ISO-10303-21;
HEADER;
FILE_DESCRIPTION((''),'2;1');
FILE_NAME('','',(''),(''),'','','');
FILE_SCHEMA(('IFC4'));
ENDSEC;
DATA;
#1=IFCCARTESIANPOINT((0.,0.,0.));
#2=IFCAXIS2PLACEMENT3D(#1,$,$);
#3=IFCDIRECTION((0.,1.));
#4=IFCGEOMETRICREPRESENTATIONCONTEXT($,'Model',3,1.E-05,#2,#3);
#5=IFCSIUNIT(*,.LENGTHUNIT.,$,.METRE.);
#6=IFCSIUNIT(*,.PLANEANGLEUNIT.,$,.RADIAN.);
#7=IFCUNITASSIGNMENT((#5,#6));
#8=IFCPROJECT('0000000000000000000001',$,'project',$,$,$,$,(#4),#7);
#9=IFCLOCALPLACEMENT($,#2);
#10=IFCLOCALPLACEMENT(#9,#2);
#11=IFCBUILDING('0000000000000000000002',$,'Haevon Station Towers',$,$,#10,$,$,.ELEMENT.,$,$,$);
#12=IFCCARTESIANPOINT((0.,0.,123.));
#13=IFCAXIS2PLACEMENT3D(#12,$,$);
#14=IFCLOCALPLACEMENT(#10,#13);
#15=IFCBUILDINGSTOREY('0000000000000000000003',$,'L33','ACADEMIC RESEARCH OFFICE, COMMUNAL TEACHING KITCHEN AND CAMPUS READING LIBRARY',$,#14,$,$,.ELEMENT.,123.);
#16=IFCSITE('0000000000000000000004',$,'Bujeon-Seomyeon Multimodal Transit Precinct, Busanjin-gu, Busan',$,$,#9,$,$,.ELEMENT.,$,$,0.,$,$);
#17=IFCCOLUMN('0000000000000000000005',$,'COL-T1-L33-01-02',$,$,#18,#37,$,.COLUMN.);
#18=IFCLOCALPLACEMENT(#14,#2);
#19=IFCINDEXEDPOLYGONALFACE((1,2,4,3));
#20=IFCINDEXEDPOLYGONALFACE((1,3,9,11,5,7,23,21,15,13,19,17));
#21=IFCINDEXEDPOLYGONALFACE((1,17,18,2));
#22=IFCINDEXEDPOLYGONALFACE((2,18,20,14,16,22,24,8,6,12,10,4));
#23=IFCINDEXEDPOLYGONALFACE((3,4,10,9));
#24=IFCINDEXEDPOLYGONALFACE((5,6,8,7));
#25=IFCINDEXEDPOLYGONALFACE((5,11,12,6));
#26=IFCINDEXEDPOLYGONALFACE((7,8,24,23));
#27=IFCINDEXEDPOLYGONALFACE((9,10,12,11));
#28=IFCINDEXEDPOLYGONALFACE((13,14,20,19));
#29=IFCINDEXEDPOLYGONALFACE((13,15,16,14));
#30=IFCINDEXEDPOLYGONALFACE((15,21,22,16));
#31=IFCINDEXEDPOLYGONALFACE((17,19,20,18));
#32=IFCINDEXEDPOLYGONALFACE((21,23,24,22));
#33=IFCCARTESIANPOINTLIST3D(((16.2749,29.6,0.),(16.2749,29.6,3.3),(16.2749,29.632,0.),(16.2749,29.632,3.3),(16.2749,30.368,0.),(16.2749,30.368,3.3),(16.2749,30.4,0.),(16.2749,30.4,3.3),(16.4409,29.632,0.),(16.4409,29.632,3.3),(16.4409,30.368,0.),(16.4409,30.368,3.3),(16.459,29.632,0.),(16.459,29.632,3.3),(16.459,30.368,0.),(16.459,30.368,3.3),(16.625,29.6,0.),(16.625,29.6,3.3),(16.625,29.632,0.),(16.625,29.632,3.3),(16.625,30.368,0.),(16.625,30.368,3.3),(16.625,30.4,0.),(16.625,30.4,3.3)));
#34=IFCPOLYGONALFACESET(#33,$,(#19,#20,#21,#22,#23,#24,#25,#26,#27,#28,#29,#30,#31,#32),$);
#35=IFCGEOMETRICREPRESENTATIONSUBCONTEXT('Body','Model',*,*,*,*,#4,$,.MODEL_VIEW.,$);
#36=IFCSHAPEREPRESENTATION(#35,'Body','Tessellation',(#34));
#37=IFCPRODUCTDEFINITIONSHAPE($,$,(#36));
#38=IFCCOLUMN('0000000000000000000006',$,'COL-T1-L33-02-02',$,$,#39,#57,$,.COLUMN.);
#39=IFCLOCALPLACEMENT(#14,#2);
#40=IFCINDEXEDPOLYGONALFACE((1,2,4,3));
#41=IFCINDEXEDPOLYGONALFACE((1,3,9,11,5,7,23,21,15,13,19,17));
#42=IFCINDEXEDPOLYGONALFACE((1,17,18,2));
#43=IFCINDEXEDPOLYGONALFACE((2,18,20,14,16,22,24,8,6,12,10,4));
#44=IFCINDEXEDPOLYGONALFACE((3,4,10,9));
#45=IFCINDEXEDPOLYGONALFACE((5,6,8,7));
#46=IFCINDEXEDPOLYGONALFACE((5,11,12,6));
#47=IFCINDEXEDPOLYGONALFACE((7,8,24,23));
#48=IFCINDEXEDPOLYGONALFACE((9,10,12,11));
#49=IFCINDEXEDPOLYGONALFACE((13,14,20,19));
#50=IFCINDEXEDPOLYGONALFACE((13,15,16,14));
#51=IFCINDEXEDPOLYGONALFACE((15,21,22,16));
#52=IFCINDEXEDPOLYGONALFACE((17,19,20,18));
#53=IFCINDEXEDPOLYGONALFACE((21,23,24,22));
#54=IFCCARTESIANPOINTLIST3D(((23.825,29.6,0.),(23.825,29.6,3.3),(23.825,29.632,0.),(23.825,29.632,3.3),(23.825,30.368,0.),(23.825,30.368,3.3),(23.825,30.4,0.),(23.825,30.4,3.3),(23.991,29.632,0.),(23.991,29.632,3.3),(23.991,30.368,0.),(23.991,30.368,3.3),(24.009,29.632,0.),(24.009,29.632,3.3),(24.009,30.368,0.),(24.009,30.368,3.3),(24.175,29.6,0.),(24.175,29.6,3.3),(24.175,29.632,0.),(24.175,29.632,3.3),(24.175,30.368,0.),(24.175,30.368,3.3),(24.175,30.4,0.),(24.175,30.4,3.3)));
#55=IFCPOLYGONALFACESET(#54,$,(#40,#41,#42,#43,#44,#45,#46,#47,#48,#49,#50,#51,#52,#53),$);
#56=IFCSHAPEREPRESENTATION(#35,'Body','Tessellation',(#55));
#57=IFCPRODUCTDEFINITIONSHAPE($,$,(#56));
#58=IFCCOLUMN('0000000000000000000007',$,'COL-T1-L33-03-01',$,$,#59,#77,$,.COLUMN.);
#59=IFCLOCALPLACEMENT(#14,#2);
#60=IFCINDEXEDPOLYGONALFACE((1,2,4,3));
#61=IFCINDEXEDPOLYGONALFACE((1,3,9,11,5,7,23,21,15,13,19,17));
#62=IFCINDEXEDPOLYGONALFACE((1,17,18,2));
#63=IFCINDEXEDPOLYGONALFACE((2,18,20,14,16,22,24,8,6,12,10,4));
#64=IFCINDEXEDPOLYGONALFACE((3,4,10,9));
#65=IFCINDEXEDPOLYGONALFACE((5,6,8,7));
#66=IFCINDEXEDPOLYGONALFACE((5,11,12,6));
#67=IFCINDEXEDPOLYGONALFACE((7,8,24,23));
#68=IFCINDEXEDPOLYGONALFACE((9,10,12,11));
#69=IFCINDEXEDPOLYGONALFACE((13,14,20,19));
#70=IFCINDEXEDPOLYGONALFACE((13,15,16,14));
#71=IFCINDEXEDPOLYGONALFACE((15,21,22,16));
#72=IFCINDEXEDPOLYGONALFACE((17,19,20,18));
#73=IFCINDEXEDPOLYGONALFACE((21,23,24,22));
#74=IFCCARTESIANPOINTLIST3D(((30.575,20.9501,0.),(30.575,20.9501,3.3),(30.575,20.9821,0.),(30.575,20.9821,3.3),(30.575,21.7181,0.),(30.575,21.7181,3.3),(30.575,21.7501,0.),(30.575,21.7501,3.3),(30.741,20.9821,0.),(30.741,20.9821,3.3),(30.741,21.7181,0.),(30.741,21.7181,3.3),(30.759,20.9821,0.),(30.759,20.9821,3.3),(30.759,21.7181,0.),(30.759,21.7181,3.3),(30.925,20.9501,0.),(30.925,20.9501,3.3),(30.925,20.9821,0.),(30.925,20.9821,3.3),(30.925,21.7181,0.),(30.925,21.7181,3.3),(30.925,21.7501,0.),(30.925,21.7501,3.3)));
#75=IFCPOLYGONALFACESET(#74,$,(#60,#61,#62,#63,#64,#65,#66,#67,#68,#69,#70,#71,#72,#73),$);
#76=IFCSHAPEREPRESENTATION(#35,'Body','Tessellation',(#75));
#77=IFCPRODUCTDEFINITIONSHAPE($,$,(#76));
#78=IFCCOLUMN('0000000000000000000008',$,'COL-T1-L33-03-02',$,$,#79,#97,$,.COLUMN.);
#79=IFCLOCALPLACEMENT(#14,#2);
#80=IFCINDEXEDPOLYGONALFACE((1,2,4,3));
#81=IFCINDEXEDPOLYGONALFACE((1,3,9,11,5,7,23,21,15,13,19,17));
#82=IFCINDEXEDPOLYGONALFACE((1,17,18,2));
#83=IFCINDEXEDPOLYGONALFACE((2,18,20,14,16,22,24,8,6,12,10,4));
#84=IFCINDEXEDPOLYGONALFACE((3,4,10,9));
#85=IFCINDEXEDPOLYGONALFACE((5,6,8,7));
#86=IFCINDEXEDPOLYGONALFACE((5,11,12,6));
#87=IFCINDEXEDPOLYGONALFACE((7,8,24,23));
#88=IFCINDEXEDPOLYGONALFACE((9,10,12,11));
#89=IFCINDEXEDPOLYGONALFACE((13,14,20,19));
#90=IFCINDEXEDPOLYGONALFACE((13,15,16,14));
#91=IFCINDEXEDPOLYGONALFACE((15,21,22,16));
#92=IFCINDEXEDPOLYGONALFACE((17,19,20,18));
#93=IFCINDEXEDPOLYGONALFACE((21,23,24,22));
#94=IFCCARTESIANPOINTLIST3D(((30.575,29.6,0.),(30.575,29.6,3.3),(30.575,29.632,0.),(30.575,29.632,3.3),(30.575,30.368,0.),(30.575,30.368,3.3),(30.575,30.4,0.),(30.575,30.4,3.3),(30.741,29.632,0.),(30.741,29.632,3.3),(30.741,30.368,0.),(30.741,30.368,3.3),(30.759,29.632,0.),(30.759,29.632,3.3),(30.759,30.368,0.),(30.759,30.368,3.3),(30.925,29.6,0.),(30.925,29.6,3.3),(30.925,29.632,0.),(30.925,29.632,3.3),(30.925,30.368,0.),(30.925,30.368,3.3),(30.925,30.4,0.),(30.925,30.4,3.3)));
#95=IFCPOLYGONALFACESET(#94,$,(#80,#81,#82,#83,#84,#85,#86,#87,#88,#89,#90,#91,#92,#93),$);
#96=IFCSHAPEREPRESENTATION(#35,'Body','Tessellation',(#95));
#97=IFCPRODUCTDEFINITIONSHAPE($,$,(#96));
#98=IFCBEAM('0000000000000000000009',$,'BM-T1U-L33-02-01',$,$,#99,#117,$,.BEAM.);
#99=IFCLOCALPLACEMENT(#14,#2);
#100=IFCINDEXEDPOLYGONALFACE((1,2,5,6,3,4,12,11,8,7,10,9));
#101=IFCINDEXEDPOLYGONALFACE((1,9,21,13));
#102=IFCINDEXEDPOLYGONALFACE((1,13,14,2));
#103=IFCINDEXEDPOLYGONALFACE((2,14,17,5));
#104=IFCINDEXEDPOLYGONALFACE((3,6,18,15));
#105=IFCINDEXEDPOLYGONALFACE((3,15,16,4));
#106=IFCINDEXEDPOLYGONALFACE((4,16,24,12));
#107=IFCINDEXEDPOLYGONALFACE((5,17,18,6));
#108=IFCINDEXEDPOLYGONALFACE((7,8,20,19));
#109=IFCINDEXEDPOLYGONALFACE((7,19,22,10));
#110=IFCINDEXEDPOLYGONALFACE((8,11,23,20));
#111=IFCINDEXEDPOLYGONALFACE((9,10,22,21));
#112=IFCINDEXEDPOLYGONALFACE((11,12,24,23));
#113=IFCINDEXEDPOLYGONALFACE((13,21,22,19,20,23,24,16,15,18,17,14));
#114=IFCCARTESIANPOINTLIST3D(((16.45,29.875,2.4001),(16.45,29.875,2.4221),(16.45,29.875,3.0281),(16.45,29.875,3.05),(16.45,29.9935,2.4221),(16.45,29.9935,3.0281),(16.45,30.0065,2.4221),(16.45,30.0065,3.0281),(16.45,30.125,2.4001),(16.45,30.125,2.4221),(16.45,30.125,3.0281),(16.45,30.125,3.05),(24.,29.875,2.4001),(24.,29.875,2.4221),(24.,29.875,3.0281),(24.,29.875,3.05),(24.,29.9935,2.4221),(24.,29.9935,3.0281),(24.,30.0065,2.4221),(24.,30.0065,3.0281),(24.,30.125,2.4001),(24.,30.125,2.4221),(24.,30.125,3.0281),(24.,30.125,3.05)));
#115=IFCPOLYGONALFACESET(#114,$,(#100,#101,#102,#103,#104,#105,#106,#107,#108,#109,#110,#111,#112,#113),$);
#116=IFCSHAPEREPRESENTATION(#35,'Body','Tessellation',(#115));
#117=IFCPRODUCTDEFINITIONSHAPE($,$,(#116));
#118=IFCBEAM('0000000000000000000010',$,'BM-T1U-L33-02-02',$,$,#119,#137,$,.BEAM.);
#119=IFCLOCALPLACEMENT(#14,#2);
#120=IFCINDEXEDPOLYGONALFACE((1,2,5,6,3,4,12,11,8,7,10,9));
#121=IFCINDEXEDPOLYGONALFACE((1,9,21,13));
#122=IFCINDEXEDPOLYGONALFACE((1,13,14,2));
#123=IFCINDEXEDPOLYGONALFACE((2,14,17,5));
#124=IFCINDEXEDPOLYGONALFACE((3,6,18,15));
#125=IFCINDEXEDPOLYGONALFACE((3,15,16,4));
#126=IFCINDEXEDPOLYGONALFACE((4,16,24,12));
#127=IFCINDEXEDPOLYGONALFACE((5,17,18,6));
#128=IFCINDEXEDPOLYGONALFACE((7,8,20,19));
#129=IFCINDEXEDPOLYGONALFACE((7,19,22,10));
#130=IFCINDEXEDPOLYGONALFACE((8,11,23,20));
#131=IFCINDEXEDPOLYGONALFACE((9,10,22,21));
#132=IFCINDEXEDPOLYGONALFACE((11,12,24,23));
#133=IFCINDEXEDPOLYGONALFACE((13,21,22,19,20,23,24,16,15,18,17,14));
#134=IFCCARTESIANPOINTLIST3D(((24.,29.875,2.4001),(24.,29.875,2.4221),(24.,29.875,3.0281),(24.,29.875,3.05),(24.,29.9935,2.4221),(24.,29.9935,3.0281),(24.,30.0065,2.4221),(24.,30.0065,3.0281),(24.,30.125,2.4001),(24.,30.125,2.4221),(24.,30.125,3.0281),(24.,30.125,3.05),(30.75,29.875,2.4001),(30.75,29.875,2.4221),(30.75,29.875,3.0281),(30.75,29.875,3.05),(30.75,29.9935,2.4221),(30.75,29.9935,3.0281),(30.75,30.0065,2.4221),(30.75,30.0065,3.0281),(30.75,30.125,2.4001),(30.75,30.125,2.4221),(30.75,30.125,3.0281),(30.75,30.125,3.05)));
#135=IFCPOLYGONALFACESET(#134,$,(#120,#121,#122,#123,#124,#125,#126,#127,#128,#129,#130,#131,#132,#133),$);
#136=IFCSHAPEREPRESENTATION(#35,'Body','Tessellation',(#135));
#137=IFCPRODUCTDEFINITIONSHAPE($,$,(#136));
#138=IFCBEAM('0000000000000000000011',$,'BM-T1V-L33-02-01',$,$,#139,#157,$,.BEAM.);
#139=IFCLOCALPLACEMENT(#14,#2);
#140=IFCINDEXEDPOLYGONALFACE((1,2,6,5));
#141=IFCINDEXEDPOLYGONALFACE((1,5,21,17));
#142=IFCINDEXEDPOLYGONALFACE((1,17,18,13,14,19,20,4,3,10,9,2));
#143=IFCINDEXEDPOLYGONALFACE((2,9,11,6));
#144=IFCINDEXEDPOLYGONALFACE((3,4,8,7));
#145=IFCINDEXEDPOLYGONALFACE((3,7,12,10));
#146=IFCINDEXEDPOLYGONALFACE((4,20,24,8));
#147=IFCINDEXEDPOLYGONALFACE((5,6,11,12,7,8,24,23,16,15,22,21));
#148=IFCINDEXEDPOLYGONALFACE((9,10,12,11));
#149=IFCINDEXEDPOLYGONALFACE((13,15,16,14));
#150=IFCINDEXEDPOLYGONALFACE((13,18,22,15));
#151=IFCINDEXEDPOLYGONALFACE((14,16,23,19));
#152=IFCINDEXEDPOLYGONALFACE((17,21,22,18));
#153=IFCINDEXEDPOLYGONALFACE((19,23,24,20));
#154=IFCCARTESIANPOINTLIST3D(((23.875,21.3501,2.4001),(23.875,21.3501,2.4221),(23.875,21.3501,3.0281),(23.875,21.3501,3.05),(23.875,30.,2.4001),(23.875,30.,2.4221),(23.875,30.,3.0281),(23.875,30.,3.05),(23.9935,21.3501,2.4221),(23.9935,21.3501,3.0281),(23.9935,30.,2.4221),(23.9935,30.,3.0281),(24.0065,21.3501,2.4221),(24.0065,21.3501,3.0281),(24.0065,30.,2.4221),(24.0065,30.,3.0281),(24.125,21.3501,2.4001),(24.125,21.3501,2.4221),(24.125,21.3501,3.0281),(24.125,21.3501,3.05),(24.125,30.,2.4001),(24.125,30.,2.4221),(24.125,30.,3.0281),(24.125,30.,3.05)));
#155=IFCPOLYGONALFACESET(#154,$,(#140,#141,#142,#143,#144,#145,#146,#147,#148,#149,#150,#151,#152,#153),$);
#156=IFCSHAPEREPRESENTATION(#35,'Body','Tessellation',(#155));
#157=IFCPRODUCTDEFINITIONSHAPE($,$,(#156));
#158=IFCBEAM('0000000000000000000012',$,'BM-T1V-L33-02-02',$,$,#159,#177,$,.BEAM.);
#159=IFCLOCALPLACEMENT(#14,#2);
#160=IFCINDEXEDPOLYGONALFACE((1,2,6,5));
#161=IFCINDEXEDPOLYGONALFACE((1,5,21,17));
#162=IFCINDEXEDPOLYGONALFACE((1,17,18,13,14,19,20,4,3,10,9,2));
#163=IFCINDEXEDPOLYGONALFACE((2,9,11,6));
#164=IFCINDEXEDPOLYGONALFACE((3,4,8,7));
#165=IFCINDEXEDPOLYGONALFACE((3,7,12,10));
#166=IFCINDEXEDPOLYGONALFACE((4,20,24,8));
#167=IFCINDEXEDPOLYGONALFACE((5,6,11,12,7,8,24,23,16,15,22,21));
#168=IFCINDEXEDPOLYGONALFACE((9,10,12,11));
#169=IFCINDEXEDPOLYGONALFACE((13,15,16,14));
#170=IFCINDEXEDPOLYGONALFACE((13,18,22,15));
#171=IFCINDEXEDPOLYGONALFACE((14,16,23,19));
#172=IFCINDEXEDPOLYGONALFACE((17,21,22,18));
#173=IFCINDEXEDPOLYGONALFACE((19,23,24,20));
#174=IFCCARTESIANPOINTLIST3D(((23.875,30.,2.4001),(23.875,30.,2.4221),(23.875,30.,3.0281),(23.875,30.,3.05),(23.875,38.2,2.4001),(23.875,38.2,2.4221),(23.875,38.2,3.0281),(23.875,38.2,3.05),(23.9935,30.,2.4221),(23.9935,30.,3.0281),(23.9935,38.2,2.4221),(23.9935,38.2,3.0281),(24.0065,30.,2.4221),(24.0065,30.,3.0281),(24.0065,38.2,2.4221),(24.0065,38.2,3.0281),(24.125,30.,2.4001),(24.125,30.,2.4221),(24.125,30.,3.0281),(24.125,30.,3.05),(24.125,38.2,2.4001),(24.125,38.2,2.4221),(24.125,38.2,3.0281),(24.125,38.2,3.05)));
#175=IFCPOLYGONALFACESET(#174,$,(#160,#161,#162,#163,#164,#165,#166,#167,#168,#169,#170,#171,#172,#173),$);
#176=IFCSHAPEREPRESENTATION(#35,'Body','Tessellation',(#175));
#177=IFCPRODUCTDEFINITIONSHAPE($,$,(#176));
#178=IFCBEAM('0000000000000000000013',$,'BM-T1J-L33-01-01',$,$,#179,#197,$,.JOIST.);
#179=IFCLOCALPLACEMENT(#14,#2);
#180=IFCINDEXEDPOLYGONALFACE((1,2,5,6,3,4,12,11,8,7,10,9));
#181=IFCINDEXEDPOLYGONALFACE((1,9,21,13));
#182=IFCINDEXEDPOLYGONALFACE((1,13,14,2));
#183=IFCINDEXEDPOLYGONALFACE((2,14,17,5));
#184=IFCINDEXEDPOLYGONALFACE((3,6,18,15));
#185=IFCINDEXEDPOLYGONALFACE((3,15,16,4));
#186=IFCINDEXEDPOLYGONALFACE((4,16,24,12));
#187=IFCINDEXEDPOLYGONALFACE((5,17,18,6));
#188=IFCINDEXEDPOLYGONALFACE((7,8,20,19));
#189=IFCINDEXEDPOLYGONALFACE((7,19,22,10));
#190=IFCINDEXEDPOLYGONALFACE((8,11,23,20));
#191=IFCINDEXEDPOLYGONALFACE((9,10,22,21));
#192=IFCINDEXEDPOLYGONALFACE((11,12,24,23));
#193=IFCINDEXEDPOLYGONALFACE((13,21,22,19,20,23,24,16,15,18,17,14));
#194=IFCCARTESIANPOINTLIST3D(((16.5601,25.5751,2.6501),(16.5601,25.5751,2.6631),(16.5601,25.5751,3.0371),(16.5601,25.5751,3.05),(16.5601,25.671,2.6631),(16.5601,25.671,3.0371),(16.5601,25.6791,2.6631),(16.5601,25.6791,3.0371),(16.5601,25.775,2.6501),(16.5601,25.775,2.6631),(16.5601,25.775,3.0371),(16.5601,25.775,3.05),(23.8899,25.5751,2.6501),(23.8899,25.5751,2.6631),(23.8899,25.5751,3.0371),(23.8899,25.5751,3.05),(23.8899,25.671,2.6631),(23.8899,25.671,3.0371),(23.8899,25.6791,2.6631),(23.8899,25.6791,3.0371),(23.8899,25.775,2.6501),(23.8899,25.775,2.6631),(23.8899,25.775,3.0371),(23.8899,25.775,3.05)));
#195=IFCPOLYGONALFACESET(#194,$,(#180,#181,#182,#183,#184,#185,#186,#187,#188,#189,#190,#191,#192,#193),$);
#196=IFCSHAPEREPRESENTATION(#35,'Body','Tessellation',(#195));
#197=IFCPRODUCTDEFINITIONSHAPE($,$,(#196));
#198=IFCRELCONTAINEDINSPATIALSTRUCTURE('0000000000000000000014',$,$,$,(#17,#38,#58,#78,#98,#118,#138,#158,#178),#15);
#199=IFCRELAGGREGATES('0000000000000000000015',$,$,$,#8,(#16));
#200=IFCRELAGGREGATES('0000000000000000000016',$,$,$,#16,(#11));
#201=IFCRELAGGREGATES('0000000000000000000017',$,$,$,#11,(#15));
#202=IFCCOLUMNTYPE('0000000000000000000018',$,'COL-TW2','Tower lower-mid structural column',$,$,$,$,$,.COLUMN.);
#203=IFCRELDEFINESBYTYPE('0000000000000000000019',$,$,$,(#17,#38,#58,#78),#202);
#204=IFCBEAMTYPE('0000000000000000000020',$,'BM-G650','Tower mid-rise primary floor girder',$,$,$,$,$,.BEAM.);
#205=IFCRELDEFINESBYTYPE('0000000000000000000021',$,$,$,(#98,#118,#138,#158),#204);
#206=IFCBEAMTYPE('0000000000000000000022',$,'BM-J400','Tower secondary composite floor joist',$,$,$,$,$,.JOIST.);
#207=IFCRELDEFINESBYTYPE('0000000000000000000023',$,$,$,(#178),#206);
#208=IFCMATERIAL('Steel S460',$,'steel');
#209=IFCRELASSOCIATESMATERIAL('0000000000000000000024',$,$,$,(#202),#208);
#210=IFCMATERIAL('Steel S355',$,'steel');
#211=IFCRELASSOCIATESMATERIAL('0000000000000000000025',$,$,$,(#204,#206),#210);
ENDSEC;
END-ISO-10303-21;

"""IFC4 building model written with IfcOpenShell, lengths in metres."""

from ifc_helpers import new_model, si_unit, direction, frame, origin, origin_2d, place, context, subcontext, project, spatial, i_section, extrude, material, material_profile, profile_set, type_object, element, save


model = new_model("IFC4")

# Units and contexts
model_context = context("Model", 3, precision=1e-05, world=origin(), true_north=direction((0.0, 1.0)))
body_context = subcontext(model_context, "Body", "Model", "MODEL_VIEW")
ifc_project = project(units=[si_unit("LENGTHUNIT", "METRE"), si_unit("PLANEANGLEUNIT", "RADIAN")], contexts=[model_context])

# Site, building, storey
site_placement = place(None, origin())
site = spatial("IfcSite", under=ifc_project, at=site_placement, Name="Bujeon-Seomyeon Multimodal Transit Precinct, Busanjin-gu, Busan", CompositionType="ELEMENT", RefElevation=0.0)
building_placement = place(site_placement, origin())
building = spatial("IfcBuilding", under=site, at=building_placement, Name="Haevon Station Towers", CompositionType="ELEMENT")
storey_placement = place(building_placement, frame((0.0, 0.0, 123.0)))
storey = spatial("IfcBuildingStorey", under=building, at=storey_placement, Name="L33", Description="ACADEMIC RESEARCH OFFICE, COMMUNAL TEACHING KITCHEN AND CAMPUS READING LIBRARY", CompositionType="ELEMENT", Elevation=123.0)

# Columns
ifc_material_1 = material(Name="Steel S460", Category="steel")
ifc_material_profile_1 = material_profile(ifc_material_1, i_section(OverallWidth=0.3501, OverallDepth=0.8, WebThickness=0.0181, FlangeThickness=0.032, at=origin_2d()), Name="H-800x350x18x32")
ifc_profile_set_1 = profile_set([ifc_material_profile_1], Name="Steel S460")
column_type = type_object("IfcColumnType", Name="COL-TW2", Description="Tower lower-mid structural column", PredefinedType="COLUMN", material=ifc_profile_set_1)
for number, where, z_axis, x_axis, name in (
    (1, (16.45, 30.0, 0.0), (0.0, 0.0, 1.0), (1.0, 0.0, 0.0), "COL-T1-L33-01-02"),
    (2, (24.0, 30.0, 0.0), (0.0, 0.0, 1.0), (1.0, 0.0, 0.0), "COL-T1-L33-02-02"),
    (3, (30.75, 21.3501, 0.0), (0.0, 0.0, 1.0), (1.0, 0.0, 0.0), "COL-T1-L33-03-01"),
    (4, (30.75, 30.0, 0.0), (0.0, 0.0, 1.0), (1.0, 0.0, 0.0), "COL-T1-L33-03-02"),
):
    element("IfcColumn", number, at=place(storey_placement, frame(where, z_axis=z_axis, x_axis=x_axis)), inside=storey, type_object=column_type, Name=name, PredefinedType="COLUMN", context=body_context, shape_type="SweptSolid", body=[
        extrude(i_section(OverallWidth=0.3501, OverallDepth=0.8, WebThickness=0.0181, FlangeThickness=0.032, at=origin_2d()), origin(), (0.0, 0.0, 1.0), 3.3),
    ])

# Beams
ifc_material_2 = material(Name="Steel S355", Category="steel")
ifc_material_profile_2 = material_profile(ifc_material_2, i_section(OverallWidth=0.25, OverallDepth=0.6499, WebThickness=0.0129, FlangeThickness=0.022, at=origin_2d()), Name="H-650x250x13x22")
ifc_profile_set_2 = profile_set([ifc_material_profile_2], Name="Steel S355")
beam_type_1 = type_object("IfcBeamType", Name="BM-G650", Description="Tower mid-rise primary floor girder", PredefinedType="BEAM", material=ifc_profile_set_2)
beam_1_placement = place(storey_placement, frame((16.45, 30.0, 2.7251), z_axis=(1.0, 0.0, 0.0), x_axis=(0.0, 1.0, 0.0)))
element("IfcBeam", 5, at=beam_1_placement, inside=storey, type_object=beam_type_1, Name="BM-T1U-L33-02-01", PredefinedType="BEAM", context=body_context, shape_type="SweptSolid", body=[
    extrude(i_section(OverallWidth=0.25, OverallDepth=0.6499, WebThickness=0.0129, FlangeThickness=0.022, at=origin_2d()), origin(), (0.0, 0.0, 1.0), 7.55),
])
beam_2_placement = place(storey_placement, frame((24.0, 30.0, 2.7251), z_axis=(1.0, 0.0, 0.0), x_axis=(0.0, 1.0, 0.0)))
element("IfcBeam", 6, at=beam_2_placement, inside=storey, type_object=beam_type_1, Name="BM-T1U-L33-02-02", PredefinedType="BEAM", context=body_context, shape_type="SweptSolid", body=[
    extrude(i_section(OverallWidth=0.25, OverallDepth=0.6499, WebThickness=0.0129, FlangeThickness=0.022, at=origin_2d()), origin(), (0.0, 0.0, 1.0), 6.75),
])
beam_3_placement = place(storey_placement, frame((24.0, 21.3501, 2.7251), z_axis=(0.0, 1.0, 0.0), x_axis=(-1.0, 0.0, 0.0)))
element("IfcBeam", 7, at=beam_3_placement, inside=storey, type_object=beam_type_1, Name="BM-T1V-L33-02-01", PredefinedType="BEAM", context=body_context, shape_type="SweptSolid", body=[
    extrude(i_section(OverallWidth=0.25, OverallDepth=0.6499, WebThickness=0.0129, FlangeThickness=0.022, at=origin_2d()), origin(), (0.0, 0.0, 1.0), 8.6499),
])
beam_4_placement = place(storey_placement, frame((24.0, 30.0, 2.7251), z_axis=(0.0, 1.0, 0.0), x_axis=(-1.0, 0.0, 0.0)))
element("IfcBeam", 8, at=beam_4_placement, inside=storey, type_object=beam_type_1, Name="BM-T1V-L33-02-02", PredefinedType="BEAM", context=body_context, shape_type="SweptSolid", body=[
    extrude(i_section(OverallWidth=0.25, OverallDepth=0.6499, WebThickness=0.0129, FlangeThickness=0.022, at=origin_2d()), origin(), (0.0, 0.0, 1.0), 8.2),
])
ifc_material_profile_3 = material_profile(ifc_material_2, i_section(OverallWidth=0.2, OverallDepth=0.3999, WebThickness=0.0081, FlangeThickness=0.0129, at=origin_2d()), Name="H-400x200x8x13")
ifc_profile_set_3 = profile_set([ifc_material_profile_3], Name="Steel S355")
beam_type_2 = type_object("IfcBeamType", Name="BM-J400", Description="Tower secondary composite floor joist", PredefinedType="JOIST", material=ifc_profile_set_3)
beam_5_placement = place(storey_placement, frame((16.5601, 25.675, 2.8501), z_axis=(1.0, 0.0, 0.0), x_axis=(0.0, 1.0, 0.0)))
element("IfcBeam", 9, at=beam_5_placement, inside=storey, type_object=beam_type_2, Name="BM-T1J-L33-01-01", PredefinedType="JOIST", context=body_context, shape_type="SweptSolid", body=[
    extrude(i_section(OverallWidth=0.2, OverallDepth=0.3999, WebThickness=0.0081, FlangeThickness=0.0129, at=origin_2d()), origin(), (0.0, 0.0, 1.0), 7.3298),
])

save(model, "model.ifc")
